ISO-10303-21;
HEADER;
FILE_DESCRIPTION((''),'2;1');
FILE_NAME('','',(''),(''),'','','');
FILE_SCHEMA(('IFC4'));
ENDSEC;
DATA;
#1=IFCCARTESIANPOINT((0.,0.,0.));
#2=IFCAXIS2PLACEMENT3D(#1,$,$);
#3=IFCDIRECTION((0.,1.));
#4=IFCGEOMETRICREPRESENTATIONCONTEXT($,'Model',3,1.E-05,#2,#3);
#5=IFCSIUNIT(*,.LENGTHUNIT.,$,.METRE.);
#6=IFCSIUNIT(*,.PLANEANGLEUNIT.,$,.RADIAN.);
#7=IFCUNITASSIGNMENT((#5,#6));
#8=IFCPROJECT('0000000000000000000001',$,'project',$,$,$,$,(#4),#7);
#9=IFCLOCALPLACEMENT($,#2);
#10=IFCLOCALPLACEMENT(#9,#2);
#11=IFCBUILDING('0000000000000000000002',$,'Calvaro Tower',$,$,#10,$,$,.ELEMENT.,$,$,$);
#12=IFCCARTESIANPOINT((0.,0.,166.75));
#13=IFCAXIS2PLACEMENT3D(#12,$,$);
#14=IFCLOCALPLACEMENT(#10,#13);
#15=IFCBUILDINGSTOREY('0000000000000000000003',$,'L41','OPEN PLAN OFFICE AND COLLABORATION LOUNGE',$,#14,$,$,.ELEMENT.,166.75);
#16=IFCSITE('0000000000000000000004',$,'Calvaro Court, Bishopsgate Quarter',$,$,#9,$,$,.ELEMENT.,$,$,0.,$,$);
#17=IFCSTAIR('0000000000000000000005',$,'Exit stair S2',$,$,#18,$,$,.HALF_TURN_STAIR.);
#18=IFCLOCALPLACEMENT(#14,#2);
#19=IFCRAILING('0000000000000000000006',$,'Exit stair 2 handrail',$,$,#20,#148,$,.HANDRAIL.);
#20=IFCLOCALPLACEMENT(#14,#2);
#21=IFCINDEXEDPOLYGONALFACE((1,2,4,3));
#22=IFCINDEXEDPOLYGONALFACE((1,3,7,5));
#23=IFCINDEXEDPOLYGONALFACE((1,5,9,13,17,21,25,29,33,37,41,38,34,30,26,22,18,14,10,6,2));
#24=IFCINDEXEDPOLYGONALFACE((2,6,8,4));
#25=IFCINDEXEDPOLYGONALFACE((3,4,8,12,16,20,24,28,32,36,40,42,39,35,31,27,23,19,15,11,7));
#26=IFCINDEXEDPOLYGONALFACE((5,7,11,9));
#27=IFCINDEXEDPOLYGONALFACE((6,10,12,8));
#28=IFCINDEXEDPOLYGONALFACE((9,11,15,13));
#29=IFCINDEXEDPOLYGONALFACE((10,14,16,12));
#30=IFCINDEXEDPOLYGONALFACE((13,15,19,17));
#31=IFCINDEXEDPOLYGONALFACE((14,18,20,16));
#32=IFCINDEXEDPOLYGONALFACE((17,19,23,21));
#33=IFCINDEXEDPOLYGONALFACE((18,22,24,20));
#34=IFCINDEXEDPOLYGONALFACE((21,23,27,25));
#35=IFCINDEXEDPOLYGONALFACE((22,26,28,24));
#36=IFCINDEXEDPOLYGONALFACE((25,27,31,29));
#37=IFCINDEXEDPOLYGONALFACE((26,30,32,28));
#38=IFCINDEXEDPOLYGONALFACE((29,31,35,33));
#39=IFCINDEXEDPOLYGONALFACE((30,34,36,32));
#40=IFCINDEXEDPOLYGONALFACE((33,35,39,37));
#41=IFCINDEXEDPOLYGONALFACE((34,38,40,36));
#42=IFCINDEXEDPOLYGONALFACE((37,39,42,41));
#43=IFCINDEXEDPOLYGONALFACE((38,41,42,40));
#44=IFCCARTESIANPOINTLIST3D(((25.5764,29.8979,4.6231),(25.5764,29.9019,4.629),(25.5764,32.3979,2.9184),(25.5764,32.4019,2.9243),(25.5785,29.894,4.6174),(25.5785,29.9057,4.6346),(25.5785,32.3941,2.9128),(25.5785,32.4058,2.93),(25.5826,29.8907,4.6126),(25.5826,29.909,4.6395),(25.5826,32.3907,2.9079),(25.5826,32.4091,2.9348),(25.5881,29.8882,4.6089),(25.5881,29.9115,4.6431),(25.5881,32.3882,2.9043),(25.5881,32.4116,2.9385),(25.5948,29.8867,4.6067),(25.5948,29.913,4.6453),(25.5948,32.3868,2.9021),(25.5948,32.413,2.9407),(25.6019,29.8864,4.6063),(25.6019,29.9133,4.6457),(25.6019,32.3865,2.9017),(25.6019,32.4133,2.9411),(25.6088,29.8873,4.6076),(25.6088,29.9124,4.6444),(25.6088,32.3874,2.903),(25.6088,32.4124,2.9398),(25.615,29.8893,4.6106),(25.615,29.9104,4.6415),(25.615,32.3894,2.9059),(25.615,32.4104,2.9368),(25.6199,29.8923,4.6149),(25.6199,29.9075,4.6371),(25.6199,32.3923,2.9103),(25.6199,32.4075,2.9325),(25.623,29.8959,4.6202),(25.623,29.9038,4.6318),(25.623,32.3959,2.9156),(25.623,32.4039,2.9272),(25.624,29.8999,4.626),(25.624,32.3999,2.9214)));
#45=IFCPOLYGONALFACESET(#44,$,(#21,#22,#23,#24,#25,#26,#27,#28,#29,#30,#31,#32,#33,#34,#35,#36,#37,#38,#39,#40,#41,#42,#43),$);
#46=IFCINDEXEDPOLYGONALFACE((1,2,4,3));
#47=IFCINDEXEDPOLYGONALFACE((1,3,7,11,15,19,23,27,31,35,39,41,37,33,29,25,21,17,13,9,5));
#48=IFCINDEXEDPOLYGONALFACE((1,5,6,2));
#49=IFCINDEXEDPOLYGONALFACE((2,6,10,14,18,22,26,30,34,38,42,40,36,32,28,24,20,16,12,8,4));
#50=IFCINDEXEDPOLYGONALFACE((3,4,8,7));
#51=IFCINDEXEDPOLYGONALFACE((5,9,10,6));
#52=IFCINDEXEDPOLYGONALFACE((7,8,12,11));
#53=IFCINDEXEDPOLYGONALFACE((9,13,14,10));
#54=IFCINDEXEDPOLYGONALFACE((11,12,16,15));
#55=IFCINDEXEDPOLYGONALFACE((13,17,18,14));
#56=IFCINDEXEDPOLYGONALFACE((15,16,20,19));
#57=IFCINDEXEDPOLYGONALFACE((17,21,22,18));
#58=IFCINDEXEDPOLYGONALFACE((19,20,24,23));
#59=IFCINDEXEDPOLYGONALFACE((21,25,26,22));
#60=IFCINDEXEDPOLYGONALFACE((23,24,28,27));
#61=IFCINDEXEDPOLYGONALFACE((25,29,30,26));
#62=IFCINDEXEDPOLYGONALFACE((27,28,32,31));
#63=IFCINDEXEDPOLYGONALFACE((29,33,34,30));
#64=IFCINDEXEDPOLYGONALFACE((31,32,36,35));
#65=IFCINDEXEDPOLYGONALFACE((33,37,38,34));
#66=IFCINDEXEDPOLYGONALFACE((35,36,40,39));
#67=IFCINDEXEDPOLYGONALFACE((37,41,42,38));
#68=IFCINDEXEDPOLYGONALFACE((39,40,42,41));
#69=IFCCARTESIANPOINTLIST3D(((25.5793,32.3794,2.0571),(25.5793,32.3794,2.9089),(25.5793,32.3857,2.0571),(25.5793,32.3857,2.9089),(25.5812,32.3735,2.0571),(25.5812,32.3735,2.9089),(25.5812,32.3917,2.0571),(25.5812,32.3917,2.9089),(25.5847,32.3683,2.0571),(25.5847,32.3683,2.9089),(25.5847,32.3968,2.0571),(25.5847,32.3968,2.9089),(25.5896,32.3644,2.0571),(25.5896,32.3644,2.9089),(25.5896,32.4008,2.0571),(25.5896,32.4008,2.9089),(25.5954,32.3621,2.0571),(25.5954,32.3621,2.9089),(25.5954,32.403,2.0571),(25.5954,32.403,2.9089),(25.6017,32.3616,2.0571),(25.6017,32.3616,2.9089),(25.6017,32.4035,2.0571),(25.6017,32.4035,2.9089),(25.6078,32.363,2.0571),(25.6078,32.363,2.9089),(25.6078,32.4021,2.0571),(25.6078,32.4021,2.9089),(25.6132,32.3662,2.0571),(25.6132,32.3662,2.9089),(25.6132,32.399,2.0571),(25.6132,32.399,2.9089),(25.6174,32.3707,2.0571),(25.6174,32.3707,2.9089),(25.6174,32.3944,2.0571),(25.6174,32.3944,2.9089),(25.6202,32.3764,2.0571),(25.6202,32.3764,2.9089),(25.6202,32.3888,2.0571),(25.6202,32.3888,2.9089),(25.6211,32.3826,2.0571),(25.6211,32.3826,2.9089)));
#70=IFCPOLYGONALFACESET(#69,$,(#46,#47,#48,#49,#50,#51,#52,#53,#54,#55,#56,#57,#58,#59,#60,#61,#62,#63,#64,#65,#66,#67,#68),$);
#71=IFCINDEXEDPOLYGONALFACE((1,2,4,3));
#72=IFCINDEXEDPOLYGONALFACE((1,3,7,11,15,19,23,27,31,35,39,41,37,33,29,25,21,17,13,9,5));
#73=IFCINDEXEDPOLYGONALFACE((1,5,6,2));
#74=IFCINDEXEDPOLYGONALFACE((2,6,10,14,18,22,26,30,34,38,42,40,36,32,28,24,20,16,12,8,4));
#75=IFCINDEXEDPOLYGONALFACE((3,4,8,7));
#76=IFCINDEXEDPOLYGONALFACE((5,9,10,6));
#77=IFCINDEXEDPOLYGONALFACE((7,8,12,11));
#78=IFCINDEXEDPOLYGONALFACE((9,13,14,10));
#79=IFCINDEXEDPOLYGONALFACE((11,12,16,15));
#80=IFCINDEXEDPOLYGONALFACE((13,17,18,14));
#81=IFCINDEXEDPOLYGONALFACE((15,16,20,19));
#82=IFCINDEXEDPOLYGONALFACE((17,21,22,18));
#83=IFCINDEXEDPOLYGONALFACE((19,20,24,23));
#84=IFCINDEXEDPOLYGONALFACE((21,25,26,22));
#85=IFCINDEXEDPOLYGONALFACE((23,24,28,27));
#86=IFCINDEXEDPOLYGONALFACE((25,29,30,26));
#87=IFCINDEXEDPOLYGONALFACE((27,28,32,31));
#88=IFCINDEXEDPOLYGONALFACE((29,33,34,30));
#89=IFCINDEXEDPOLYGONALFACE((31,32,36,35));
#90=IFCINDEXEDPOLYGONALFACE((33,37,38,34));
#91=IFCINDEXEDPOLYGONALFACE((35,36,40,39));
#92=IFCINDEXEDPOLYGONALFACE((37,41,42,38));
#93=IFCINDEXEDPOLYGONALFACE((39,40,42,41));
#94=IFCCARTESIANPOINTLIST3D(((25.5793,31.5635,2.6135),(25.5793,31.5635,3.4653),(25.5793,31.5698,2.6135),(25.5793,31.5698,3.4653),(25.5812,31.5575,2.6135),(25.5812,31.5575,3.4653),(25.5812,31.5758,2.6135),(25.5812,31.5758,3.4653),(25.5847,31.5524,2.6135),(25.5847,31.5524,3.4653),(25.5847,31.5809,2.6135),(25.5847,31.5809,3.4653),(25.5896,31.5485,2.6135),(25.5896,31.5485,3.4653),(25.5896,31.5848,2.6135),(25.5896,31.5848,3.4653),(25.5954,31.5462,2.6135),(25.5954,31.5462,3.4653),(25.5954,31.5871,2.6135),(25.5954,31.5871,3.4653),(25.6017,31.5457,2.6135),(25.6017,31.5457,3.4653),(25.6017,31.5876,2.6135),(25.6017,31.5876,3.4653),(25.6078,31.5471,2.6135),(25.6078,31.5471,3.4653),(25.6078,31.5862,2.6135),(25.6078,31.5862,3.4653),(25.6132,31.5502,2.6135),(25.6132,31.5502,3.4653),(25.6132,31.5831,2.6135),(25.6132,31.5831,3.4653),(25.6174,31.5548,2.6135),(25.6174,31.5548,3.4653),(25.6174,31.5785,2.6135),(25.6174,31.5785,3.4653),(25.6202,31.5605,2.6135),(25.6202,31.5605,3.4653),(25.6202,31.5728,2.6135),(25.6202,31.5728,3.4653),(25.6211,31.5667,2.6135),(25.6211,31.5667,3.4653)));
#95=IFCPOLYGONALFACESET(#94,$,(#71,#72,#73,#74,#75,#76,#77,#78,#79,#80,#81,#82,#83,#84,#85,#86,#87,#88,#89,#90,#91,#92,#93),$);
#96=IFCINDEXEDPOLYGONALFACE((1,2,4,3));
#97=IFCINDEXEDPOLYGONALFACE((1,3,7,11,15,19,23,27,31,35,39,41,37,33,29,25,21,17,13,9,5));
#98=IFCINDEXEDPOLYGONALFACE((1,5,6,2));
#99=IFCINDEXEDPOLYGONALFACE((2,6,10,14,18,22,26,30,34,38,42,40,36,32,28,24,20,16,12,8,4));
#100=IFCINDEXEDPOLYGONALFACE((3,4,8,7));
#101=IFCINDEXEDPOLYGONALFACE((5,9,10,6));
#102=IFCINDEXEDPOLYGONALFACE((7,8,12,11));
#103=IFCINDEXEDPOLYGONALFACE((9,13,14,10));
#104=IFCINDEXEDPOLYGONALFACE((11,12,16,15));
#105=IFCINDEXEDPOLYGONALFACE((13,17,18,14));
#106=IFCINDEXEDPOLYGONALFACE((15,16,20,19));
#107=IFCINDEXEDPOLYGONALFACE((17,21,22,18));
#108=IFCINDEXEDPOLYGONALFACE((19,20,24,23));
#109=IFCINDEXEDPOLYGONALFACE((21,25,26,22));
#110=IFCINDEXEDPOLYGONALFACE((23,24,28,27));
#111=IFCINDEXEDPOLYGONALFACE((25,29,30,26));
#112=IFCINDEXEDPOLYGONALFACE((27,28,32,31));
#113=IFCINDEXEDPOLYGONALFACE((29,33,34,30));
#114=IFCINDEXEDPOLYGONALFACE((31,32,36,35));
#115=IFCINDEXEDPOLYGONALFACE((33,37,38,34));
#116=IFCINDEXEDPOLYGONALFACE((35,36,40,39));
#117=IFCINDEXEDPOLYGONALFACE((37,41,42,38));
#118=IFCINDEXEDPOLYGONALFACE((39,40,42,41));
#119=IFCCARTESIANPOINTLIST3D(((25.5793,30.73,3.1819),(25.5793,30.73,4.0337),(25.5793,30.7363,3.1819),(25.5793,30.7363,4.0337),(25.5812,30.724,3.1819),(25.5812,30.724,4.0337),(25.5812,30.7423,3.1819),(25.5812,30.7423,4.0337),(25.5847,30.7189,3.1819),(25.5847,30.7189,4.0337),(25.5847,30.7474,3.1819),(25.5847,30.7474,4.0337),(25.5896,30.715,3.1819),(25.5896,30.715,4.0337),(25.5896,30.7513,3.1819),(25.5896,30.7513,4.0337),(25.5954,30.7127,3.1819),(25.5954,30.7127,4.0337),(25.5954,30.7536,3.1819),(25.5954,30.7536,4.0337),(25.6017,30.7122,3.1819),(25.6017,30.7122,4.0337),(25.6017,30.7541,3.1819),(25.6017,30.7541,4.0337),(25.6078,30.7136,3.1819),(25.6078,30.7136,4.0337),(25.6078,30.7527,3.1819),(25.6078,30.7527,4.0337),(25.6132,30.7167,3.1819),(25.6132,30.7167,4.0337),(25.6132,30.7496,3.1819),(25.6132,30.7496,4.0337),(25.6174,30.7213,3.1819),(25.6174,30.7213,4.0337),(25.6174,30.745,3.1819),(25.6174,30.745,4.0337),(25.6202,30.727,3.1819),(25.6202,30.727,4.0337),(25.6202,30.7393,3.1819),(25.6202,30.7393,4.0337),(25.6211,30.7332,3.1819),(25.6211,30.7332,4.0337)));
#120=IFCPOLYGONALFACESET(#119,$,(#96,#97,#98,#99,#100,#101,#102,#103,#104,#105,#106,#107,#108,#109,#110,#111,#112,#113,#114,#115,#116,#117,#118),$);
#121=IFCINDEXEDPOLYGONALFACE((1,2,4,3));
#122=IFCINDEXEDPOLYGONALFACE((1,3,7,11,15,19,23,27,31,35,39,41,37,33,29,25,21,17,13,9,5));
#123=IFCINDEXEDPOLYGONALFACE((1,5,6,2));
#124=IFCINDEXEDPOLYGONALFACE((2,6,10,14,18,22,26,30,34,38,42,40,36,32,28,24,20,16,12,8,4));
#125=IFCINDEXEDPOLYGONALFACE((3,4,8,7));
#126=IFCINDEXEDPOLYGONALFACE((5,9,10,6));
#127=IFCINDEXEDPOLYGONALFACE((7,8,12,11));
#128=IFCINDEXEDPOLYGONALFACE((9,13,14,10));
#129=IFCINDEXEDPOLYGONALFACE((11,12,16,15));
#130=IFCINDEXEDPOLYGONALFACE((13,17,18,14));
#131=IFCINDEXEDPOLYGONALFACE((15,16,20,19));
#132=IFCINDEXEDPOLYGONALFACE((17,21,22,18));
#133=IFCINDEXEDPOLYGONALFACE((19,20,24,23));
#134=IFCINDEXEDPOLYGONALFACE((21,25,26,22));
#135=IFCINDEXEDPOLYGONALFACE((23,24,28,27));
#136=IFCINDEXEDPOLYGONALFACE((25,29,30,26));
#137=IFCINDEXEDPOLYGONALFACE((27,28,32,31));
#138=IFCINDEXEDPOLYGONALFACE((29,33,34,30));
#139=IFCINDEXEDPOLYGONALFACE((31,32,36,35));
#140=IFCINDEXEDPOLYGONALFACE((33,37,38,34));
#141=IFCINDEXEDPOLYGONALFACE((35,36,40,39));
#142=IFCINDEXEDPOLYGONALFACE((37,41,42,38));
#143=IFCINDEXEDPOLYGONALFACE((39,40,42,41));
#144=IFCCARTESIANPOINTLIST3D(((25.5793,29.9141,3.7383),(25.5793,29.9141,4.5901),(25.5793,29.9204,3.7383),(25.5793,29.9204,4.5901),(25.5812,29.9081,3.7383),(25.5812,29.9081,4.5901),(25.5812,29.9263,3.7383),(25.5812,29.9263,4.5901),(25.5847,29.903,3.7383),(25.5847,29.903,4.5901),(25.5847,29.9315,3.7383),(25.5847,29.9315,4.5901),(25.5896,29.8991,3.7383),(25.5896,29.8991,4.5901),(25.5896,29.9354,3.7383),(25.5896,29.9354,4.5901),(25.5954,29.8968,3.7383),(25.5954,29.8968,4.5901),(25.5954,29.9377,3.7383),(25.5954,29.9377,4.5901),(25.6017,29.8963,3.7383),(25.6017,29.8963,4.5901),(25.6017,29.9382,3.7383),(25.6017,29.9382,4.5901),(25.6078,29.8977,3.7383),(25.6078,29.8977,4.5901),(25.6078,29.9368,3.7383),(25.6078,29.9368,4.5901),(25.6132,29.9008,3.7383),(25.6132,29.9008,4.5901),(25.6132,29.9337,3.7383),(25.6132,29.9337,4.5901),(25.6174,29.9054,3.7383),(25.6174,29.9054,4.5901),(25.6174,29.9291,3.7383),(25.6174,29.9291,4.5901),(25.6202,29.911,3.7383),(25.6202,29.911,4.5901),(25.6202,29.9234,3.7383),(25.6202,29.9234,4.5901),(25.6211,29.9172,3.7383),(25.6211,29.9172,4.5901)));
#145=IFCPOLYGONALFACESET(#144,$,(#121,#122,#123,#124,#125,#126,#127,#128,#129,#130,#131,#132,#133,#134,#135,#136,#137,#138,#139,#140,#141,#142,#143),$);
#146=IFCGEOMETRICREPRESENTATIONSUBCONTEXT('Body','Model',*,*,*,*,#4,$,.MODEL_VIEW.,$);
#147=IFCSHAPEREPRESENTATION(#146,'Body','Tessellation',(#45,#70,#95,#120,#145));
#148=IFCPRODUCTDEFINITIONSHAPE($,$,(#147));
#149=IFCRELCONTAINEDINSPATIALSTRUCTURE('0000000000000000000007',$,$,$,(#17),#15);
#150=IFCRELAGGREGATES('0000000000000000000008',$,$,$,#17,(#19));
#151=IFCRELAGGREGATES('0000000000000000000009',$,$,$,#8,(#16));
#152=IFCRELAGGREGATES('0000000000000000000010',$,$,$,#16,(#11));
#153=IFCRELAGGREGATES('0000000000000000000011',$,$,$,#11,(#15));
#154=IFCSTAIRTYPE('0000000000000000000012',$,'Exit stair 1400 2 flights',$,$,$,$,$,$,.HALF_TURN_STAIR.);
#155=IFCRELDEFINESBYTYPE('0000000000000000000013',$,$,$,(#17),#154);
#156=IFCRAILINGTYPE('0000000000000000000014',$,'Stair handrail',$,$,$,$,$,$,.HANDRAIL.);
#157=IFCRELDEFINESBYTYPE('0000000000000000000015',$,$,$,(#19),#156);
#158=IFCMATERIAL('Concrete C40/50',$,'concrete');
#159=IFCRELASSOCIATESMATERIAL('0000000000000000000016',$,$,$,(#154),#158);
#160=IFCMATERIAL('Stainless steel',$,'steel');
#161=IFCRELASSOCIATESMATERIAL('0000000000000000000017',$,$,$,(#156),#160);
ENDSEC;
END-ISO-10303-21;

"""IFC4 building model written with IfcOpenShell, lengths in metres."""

from ifc_helpers import new_model, si_unit, direction, frame, origin, origin_2d, place, context, subcontext, project, spatial, circle, extrude, material, type_object, element, aggregate, save


model = new_model("IFC4")

# Units and contexts
model_context = context("Model", 3, precision=1e-05, world=origin(), true_north=direction((0.0, 1.0)))
body_context = subcontext(model_context, "Body", "Model", "MODEL_VIEW")
ifc_project = project(units=[si_unit("LENGTHUNIT", "METRE"), si_unit("PLANEANGLEUNIT", "RADIAN")], contexts=[model_context])

# Site, building, storey
site_placement = place(None, origin())
site = spatial("IfcSite", under=ifc_project, at=site_placement, Name="Calvaro Court, Bishopsgate Quarter", CompositionType="ELEMENT", RefElevation=0.0)
building_placement = place(site_placement, origin())
building = spatial("IfcBuilding", under=site, at=building_placement, Name="Calvaro Tower", CompositionType="ELEMENT")
storey_placement = place(building_placement, frame((0.0, 0.0, 166.75)))
storey = spatial("IfcBuildingStorey", under=building, at=storey_placement, Name="L41", Description="OPEN PLAN OFFICE AND COLLABORATION LOUNGE", CompositionType="ELEMENT", Elevation=166.75)

# Stair, railing
ifc_material_1 = material(Name="Concrete C40/50", Category="concrete")
stair_type = type_object("IfcStairType", Name="Exit stair 1400 2 flights", PredefinedType="HALF_TURN_STAIR", material=ifc_material_1)
stair_placement = place(storey_placement, origin())
stair = element("IfcStair", 1, at=stair_placement, inside=storey, type_object=stair_type, Name="Exit stair S2", PredefinedType="HALF_TURN_STAIR")
ifc_material_2 = material(Name="Stainless steel", Category="steel")
railing_type = type_object("IfcRailingType", Name="Stair handrail", PredefinedType="HANDRAIL", material=ifc_material_2)
railing_1_placement = place(storey_placement, frame((25.6001, 32.3999, 2.0454)))
railing_1 = element("IfcRailing", 2, at=railing_1_placement, type_object=railing_type, Name="Exit stair 2 handrail", PredefinedType="HANDRAIL", context=body_context, shape_type="SweptSolid", body=[
    extrude(circle(Radius=0.0239, at=origin_2d()), frame((0.0, 0.0, 0.876), z_axis=(0.0, -0.826221, 0.563347), x_axis=(1.0, 0.0, 0.0)), (0.0, 0.0, 1.0), 3.0259),
    extrude(circle(Radius=0.021, at=origin_2d()), frame((0.0, -0.0173, 0.0117)), (0.0, 0.0, 1.0), 0.8518),
    extrude(circle(Radius=0.021, at=origin_2d()), frame((0.0, -0.8333, 0.5681)), (0.0, 0.0, 1.0), 0.8518),
    extrude(circle(Radius=0.021, at=origin_2d()), frame((0.0, -1.6667, 1.1365)), (0.0, 0.0, 1.0), 0.8518),
    extrude(circle(Radius=0.021, at=origin_2d()), frame((0.0, -2.4827, 1.6929)), (0.0, 0.0, 1.0), 0.8518),
])
aggregate(stair, [railing_1])

save(model, "model.ifc")
